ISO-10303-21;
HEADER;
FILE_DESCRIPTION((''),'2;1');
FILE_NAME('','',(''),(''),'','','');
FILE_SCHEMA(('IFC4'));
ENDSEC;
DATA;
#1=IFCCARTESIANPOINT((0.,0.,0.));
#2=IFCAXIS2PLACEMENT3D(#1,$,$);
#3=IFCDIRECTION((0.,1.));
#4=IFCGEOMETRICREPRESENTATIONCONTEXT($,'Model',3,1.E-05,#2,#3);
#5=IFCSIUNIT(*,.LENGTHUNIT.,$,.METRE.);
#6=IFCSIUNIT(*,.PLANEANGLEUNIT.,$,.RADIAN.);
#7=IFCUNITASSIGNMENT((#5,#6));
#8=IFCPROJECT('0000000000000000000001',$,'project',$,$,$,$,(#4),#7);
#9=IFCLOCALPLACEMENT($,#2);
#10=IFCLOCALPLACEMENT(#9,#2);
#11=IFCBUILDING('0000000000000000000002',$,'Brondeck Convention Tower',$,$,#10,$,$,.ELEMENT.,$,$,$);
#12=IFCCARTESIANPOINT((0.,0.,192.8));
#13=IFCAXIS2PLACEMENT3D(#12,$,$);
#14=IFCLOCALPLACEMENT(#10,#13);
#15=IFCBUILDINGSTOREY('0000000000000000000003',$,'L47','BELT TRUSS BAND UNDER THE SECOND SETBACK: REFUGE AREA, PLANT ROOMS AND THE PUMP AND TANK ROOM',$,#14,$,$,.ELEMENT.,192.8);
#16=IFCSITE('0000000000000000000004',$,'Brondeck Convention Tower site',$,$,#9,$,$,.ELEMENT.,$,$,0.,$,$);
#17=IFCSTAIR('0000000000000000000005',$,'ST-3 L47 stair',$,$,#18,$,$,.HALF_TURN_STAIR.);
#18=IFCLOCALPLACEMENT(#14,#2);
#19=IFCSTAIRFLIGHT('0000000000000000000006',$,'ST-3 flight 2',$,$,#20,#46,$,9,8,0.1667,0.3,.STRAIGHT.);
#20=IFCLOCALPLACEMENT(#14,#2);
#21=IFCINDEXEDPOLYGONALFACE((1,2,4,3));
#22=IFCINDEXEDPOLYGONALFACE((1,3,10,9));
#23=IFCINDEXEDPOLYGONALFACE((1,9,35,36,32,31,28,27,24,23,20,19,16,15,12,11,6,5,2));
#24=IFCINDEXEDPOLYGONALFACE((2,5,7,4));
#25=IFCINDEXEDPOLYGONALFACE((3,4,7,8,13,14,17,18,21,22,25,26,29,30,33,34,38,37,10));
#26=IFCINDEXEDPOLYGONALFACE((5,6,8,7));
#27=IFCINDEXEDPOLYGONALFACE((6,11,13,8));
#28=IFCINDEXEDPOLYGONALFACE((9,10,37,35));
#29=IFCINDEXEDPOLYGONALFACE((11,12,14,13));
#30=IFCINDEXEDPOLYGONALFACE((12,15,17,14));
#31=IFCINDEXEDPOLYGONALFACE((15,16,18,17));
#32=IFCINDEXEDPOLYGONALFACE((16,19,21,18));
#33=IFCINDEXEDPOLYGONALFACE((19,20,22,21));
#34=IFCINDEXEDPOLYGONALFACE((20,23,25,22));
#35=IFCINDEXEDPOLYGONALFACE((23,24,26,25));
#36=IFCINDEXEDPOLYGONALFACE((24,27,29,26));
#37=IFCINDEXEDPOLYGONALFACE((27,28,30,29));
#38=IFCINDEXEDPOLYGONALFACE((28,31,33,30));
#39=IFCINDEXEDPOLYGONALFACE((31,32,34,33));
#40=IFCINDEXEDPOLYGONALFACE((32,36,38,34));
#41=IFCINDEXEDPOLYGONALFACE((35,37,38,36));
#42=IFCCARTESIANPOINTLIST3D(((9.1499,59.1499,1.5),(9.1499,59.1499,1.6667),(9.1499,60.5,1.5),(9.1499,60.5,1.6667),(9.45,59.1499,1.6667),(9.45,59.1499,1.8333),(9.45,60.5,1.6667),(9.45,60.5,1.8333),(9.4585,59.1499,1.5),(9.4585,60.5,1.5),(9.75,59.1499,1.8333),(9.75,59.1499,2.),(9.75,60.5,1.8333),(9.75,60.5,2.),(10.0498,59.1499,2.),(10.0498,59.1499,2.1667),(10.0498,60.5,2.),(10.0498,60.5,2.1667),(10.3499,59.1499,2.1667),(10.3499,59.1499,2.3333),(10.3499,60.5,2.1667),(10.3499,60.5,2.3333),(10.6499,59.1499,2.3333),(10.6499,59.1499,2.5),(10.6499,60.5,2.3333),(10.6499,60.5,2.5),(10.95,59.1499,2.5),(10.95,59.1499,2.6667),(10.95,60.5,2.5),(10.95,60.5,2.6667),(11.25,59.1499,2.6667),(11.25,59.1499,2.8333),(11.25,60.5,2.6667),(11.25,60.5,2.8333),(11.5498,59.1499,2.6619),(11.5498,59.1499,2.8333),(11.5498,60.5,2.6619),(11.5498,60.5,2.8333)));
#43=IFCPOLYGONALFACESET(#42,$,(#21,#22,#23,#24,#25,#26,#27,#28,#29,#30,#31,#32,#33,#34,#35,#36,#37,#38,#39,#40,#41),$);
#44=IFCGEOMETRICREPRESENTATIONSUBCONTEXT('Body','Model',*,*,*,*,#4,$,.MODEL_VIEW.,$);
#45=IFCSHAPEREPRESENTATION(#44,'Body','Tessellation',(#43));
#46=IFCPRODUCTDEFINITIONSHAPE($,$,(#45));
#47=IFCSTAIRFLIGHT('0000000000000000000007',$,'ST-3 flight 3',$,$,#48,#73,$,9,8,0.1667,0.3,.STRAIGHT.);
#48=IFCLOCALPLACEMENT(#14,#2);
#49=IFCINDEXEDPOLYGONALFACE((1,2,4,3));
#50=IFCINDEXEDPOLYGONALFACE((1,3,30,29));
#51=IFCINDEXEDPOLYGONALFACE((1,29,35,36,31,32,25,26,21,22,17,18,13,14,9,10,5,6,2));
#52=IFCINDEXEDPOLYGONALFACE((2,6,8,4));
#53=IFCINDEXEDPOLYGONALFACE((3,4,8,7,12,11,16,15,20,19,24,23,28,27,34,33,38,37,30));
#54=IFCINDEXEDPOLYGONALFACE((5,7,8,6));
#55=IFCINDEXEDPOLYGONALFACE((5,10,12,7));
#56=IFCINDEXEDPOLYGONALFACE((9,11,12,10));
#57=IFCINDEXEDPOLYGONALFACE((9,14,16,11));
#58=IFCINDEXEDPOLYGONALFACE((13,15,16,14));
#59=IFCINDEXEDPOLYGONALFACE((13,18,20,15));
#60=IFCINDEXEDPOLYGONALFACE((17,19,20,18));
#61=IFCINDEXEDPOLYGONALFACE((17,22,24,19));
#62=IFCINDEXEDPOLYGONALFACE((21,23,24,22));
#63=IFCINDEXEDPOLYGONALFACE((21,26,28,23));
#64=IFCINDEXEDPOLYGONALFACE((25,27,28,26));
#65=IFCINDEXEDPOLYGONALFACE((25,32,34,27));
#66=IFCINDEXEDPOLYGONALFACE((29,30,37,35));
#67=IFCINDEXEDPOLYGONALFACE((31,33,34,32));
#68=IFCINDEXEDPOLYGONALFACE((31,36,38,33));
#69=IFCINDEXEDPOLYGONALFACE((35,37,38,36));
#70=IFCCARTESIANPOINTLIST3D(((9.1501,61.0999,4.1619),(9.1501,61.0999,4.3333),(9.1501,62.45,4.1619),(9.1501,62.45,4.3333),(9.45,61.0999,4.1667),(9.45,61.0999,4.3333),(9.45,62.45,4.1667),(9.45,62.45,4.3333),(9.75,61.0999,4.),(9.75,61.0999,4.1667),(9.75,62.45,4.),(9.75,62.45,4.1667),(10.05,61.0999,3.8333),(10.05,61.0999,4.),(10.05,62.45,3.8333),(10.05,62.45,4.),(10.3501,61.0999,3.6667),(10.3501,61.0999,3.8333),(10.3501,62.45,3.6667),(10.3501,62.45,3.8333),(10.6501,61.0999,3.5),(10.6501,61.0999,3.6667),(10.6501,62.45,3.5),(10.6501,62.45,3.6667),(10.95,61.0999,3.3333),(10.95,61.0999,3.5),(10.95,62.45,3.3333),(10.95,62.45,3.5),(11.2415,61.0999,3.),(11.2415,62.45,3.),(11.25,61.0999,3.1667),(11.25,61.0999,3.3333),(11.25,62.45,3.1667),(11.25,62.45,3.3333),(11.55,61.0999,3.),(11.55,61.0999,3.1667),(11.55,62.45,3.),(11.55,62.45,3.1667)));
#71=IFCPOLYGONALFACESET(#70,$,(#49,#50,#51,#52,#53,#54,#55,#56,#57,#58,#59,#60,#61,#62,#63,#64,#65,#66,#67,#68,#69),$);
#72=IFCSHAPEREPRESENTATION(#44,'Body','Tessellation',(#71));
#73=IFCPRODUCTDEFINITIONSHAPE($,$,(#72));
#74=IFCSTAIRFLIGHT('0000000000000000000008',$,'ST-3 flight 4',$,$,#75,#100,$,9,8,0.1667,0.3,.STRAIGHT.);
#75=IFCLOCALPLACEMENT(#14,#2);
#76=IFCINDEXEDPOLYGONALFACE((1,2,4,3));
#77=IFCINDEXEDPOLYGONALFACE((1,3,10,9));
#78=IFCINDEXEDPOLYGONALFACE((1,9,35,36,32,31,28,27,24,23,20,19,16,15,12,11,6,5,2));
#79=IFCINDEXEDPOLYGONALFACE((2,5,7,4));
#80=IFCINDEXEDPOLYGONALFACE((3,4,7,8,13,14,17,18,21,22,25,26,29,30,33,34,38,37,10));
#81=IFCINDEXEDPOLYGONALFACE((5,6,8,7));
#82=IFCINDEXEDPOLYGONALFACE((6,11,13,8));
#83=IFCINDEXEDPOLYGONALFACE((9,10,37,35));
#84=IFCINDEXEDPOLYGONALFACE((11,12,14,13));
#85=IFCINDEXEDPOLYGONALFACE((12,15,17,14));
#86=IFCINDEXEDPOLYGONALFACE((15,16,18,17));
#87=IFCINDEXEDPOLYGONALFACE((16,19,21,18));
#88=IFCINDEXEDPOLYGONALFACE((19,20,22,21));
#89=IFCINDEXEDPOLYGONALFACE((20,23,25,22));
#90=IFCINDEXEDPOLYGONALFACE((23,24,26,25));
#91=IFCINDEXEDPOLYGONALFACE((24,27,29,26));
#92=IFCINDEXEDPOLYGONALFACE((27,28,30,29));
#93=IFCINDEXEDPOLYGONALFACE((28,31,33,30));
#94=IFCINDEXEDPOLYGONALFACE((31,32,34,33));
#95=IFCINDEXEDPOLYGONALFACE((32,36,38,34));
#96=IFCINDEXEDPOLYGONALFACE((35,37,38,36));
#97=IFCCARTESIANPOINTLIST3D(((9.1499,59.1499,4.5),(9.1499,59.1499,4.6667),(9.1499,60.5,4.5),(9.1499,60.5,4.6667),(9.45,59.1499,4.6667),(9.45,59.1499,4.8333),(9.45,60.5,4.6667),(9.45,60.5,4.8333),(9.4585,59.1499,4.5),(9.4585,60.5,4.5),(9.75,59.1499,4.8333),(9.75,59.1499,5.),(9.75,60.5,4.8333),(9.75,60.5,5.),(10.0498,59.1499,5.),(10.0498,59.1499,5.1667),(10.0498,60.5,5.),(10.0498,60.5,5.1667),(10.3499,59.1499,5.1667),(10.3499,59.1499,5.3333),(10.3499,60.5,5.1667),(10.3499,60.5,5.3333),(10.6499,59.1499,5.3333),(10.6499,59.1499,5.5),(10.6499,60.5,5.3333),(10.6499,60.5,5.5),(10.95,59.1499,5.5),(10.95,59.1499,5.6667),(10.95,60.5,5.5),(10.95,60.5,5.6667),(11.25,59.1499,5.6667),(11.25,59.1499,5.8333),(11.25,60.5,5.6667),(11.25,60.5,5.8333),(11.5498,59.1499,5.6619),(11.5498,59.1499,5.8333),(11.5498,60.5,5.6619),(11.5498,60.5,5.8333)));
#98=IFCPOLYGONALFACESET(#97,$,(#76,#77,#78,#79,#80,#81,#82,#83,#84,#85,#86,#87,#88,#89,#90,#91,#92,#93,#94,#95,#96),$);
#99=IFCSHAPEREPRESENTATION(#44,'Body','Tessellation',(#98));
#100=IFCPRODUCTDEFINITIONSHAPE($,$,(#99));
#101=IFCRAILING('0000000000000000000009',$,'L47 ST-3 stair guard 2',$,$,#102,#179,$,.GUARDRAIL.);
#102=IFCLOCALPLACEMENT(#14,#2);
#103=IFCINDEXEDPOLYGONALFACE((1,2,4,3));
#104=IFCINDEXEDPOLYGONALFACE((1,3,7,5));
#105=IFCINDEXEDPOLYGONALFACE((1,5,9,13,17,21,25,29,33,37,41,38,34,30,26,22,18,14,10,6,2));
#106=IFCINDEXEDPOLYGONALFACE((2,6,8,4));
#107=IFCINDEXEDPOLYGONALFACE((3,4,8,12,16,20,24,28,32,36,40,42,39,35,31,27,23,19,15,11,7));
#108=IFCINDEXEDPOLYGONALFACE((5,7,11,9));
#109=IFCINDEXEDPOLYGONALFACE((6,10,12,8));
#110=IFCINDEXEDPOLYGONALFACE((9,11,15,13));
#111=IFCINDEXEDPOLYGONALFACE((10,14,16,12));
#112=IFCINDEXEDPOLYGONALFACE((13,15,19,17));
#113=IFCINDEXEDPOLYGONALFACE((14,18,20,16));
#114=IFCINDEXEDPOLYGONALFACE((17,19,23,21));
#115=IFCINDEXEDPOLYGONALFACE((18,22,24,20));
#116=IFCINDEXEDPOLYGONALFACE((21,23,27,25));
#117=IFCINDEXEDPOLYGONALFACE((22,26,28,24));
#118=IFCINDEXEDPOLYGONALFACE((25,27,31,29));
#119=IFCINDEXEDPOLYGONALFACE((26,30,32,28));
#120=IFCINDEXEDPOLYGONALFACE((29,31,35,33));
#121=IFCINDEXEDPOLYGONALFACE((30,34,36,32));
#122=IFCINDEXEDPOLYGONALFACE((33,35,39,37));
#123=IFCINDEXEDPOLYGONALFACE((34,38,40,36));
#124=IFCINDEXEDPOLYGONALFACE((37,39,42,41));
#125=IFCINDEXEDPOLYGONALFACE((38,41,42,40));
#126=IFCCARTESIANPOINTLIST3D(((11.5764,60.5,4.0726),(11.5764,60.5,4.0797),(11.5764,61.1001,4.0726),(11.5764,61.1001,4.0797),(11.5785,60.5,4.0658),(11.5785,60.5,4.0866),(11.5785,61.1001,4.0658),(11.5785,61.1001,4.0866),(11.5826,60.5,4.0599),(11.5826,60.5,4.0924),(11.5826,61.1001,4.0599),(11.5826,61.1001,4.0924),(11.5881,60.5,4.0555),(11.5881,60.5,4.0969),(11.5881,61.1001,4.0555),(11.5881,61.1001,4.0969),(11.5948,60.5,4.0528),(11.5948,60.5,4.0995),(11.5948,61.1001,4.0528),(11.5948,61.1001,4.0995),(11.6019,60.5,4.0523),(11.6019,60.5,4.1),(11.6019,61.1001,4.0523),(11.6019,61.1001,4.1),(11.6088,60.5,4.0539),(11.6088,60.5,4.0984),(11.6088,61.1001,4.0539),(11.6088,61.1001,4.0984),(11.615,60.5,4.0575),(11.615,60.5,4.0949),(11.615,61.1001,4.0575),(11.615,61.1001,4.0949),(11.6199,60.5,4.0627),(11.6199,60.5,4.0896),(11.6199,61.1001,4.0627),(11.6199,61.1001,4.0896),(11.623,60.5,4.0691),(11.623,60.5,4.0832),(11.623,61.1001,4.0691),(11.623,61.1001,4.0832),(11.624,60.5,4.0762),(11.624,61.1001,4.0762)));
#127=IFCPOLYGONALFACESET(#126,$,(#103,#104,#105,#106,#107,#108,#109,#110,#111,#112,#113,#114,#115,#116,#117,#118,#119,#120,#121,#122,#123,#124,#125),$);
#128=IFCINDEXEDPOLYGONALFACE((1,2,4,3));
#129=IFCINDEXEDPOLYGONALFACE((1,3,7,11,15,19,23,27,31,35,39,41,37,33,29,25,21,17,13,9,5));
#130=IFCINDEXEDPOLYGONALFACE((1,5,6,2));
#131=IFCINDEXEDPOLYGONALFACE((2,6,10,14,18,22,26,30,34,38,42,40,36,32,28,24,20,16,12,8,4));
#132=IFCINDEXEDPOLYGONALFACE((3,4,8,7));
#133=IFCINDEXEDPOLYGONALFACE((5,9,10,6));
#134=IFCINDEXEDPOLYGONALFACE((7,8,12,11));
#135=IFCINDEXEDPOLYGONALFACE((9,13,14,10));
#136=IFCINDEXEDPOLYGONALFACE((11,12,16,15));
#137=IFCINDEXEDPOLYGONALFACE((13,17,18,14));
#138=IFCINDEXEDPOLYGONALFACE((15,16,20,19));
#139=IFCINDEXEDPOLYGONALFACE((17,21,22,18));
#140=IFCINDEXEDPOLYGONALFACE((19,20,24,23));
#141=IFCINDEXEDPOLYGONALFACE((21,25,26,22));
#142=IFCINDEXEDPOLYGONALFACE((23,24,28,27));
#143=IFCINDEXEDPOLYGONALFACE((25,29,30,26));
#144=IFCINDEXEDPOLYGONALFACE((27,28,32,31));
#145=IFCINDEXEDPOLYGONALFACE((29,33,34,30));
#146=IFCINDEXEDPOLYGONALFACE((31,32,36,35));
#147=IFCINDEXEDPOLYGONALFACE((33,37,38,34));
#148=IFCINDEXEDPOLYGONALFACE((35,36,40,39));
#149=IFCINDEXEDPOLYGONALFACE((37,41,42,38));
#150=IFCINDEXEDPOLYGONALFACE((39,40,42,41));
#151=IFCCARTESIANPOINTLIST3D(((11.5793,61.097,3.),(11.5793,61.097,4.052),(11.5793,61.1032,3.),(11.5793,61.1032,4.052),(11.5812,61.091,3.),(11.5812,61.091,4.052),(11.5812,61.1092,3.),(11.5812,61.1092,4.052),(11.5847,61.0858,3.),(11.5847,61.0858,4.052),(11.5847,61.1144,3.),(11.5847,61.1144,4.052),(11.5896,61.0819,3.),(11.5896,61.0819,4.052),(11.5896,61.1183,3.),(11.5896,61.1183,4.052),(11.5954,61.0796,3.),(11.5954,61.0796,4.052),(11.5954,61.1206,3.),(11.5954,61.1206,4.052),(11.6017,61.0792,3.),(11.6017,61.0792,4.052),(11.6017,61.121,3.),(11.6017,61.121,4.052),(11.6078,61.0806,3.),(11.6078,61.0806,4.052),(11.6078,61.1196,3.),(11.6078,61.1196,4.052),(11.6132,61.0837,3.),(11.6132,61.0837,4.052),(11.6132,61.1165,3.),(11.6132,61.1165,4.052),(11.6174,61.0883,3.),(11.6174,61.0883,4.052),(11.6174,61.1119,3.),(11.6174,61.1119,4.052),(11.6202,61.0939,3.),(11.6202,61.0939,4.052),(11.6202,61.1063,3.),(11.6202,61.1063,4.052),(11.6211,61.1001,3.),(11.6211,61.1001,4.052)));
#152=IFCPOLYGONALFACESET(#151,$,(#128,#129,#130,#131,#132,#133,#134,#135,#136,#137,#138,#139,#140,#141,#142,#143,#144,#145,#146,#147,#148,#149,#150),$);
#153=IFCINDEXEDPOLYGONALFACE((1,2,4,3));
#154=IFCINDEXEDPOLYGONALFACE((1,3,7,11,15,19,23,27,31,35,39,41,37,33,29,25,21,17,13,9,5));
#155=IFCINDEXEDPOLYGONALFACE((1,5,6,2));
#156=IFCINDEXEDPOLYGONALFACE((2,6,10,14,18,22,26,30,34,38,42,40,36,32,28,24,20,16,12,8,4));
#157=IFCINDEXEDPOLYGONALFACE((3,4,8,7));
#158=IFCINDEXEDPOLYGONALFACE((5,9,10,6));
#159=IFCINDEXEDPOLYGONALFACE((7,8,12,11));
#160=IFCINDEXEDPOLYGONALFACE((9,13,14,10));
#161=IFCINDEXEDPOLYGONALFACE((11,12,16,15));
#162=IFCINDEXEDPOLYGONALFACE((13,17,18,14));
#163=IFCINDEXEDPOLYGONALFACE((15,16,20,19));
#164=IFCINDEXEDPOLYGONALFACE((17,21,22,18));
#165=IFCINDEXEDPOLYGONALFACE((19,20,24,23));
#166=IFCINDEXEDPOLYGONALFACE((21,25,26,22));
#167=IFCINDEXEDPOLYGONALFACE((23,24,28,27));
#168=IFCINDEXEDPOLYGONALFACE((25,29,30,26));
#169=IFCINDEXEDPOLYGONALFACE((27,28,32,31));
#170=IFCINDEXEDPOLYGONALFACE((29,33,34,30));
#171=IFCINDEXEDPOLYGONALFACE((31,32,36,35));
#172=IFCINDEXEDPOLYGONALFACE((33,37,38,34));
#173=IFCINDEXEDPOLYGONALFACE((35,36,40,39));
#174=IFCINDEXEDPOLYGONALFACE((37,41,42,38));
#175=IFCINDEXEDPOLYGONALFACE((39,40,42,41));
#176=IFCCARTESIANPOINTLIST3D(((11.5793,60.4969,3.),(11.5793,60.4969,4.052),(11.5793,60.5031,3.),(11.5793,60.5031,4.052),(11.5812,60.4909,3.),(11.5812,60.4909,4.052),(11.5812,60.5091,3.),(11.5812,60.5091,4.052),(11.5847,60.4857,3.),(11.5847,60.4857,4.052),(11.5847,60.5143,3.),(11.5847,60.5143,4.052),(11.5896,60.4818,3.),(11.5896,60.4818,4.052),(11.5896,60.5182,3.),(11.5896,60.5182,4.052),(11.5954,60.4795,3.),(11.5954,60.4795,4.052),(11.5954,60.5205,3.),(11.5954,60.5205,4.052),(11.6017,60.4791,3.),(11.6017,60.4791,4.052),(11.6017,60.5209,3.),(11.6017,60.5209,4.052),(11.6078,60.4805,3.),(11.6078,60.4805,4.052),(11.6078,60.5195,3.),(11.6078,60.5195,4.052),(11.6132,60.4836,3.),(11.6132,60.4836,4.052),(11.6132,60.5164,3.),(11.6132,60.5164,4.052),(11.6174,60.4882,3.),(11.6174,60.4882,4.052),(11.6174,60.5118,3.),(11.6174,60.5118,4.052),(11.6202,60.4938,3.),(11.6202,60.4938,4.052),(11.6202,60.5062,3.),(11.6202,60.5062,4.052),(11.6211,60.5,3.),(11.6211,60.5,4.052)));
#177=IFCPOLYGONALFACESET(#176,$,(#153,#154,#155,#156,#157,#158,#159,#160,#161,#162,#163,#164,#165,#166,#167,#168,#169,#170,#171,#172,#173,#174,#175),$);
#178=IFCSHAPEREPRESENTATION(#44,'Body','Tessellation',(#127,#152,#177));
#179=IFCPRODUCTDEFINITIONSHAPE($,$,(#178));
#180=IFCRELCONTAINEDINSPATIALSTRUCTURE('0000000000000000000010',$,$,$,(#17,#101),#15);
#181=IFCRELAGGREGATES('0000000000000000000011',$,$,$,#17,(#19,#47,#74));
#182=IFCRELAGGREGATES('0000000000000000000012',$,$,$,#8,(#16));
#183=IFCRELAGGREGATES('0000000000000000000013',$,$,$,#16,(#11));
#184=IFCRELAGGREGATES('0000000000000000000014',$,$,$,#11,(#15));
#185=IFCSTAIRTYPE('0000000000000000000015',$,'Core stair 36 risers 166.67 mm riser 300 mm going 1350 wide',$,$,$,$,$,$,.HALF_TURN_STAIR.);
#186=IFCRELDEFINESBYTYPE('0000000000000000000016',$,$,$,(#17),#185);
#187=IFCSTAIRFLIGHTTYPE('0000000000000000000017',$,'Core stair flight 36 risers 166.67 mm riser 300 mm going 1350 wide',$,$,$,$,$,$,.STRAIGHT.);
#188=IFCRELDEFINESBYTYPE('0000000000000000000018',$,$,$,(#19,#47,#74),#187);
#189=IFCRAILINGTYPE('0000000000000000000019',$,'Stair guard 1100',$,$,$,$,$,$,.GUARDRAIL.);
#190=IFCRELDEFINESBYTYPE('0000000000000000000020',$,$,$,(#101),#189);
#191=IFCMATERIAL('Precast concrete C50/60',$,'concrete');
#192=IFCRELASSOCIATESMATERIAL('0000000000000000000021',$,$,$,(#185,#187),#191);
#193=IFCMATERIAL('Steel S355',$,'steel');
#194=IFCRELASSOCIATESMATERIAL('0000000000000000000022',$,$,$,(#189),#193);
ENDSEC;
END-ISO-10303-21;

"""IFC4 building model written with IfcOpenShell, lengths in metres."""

from ifc_helpers import new_model, si_unit, direction, frame, origin, origin_2d, place, context, subcontext, project, spatial, polyline, circle, outline, extrude, material, type_object, element, aggregate, save


model = new_model("IFC4")

# Units and contexts
model_context = context("Model", 3, precision=1e-05, world=origin(), true_north=direction((0.0, 1.0)))
body_context = subcontext(model_context, "Body", "Model", "MODEL_VIEW")
ifc_project = project(units=[si_unit("LENGTHUNIT", "METRE"), si_unit("PLANEANGLEUNIT", "RADIAN")], contexts=[model_context])

# Site, building, storey
site_placement = place(None, origin())
site = spatial("IfcSite", under=ifc_project, at=site_placement, Name="Brondeck Convention Tower site", CompositionType="ELEMENT", RefElevation=0.0)
building_placement = place(site_placement, origin())
building = spatial("IfcBuilding", under=site, at=building_placement, Name="Brondeck Convention Tower", CompositionType="ELEMENT")
storey_placement = place(building_placement, frame((0.0, 0.0, 192.8)))
storey = spatial("IfcBuildingStorey", under=building, at=storey_placement, Name="L47", Description="BELT TRUSS BAND UNDER THE SECOND SETBACK: REFUGE AREA, PLANT ROOMS AND THE PUMP AND TANK ROOM", CompositionType="ELEMENT", Elevation=192.8)

# Shared definitions
ifc_material_1 = material(Name="Steel S355", Category="steel")

# Stair, stair flights
ifc_material_2 = material(Name="Precast concrete C50/60", Category="concrete")
stair_type = type_object("IfcStairType", Name="Core stair 36 risers 166.67 mm riser 300 mm going 1350 wide", PredefinedType="HALF_TURN_STAIR", material=ifc_material_2)
stair_placement = place(storey_placement, origin())
stair = element("IfcStair", 1, at=stair_placement, inside=storey, type_object=stair_type, Name="ST-3 L47 stair", PredefinedType="HALF_TURN_STAIR")
stair_flight_type = type_object("IfcStairFlightType", Name="Core stair flight 36 risers 166.67 mm riser 300 mm going 1350 wide", PredefinedType="STRAIGHT", material=ifc_material_2)
stair_flight_1_placement = place(storey_placement, frame((9.1499, 59.825, 1.5), z_axis=(0.0, 0.0, 1.0), x_axis=(1.0, 0.0, 0.0)))
stair_flight_1 = element("IfcStairFlight", 2, at=stair_flight_1_placement, type_object=stair_flight_type, Name="ST-3 flight 2", NumberOfRisers=9, NumberOfTreads=8, PredefinedType="STRAIGHT", RiserHeight=0.1667, TreadLength=0.3, context=body_context, shape_type="SweptSolid", body=[
    extrude(outline(polyline([(0.0, 0.0), (0.0, 0.1667), (0.3, 0.1667), (0.3, 0.3333), (0.6001, 0.3333), (0.6001, 0.5), (0.8999, 0.5), (0.8999, 0.6667), (1.2, 0.6667), (1.2, 0.8333), (1.5, 0.8333), (1.5, 1.0), (1.8, 1.0), (1.8, 1.1667), (2.1001, 1.1667), (2.1001, 1.3333), (2.3999, 1.3333), (2.3999, 1.5), (2.3999, 1.1619), (0.3086, 0.0), (0.0, 0.0)])), frame((0.0, 0.675, 0.0), z_axis=(0.0, -1.0, 0.0), x_axis=(1.0, 0.0, 0.0)), (0.0, 0.0, 1.0), 1.3501),
])
stair_flight_2_placement = place(storey_placement, frame((11.55, 61.7749, 3.0), z_axis=(0.0, 0.0, 1.0), x_axis=(-1.0, 0.0, 0.0)))
stair_flight_2 = element("IfcStairFlight", 3, at=stair_flight_2_placement, type_object=stair_flight_type, Name="ST-3 flight 3", NumberOfRisers=9, NumberOfTreads=8, PredefinedType="STRAIGHT", RiserHeight=0.1667, TreadLength=0.3, context=body_context, shape_type="SweptSolid", body=[
    extrude(outline(polyline([(0.0, 0.0), (0.0, 0.1667), (0.3, 0.1667), (0.3, 0.3333), (0.6001, 0.3333), (0.6001, 0.5), (0.8999, 0.5), (0.8999, 0.6667), (1.2, 0.6667), (1.2, 0.8333), (1.5, 0.8333), (1.5, 1.0), (1.8, 1.0), (1.8, 1.1667), (2.1001, 1.1667), (2.1001, 1.3333), (2.3999, 1.3333), (2.3999, 1.5), (2.3999, 1.1619), (0.3086, 0.0), (0.0, 0.0)])), frame((0.0, 0.675, 0.0), z_axis=(0.0, -1.0, 0.0), x_axis=(1.0, 0.0, 0.0)), (0.0, 0.0, 1.0), 1.3501),
])
stair_flight_3_placement = place(storey_placement, frame((9.1499, 59.825, 4.5), z_axis=(0.0, 0.0, 1.0), x_axis=(1.0, 0.0, 0.0)))
stair_flight_3 = element("IfcStairFlight", 4, at=stair_flight_3_placement, type_object=stair_flight_type, Name="ST-3 flight 4", NumberOfRisers=9, NumberOfTreads=8, PredefinedType="STRAIGHT", RiserHeight=0.1667, TreadLength=0.3, context=body_context, shape_type="SweptSolid", body=[
    extrude(outline(polyline([(0.0, 0.0), (0.0, 0.1667), (0.3, 0.1667), (0.3, 0.3333), (0.6001, 0.3333), (0.6001, 0.5), (0.8999, 0.5), (0.8999, 0.6667), (1.2, 0.6667), (1.2, 0.8333), (1.5, 0.8333), (1.5, 1.0), (1.8, 1.0), (1.8, 1.1667), (2.1001, 1.1667), (2.1001, 1.3333), (2.3999, 1.3333), (2.3999, 1.5), (2.3999, 1.1619), (0.3086, 0.0), (0.0, 0.0)])), frame((0.0, 0.675, 0.0), z_axis=(0.0, -1.0, 0.0), x_axis=(1.0, 0.0, 0.0)), (0.0, 0.0, 1.0), 1.3501),
])
aggregate(stair, [stair_flight_1, stair_flight_2, stair_flight_3])

# Railing
railing_type_1 = type_object("IfcRailingType", Name="Stair guard 1100", PredefinedType="GUARDRAIL", material=ifc_material_1)
railing_1_placement = place(storey_placement, frame((11.6001, 61.1001, 3.0)))
element("IfcRailing", 5, at=railing_1_placement, inside=storey, type_object=railing_type_1, Name="L47 ST-3 stair guard 2", PredefinedType="GUARDRAIL", context=body_context, shape_type="SweptSolid", body=[
    extrude(circle(Radius=0.0239, at=origin_2d()), frame((0.0, 0.0, 1.0762), z_axis=(0.0, -1.0, 0.0), x_axis=(1.0, 0.0, 0.0)), (0.0, 0.0, 1.0), 0.6001),
    extrude(circle(Radius=0.021, at=origin_2d()), origin(), (0.0, 0.0, 1.0), 1.052),
    extrude(circle(Radius=0.021, at=origin_2d()), frame((0.0, -0.6001, 0.0)), (0.0, 0.0, 1.0), 1.052),
])

save(model, "model.ifc")
